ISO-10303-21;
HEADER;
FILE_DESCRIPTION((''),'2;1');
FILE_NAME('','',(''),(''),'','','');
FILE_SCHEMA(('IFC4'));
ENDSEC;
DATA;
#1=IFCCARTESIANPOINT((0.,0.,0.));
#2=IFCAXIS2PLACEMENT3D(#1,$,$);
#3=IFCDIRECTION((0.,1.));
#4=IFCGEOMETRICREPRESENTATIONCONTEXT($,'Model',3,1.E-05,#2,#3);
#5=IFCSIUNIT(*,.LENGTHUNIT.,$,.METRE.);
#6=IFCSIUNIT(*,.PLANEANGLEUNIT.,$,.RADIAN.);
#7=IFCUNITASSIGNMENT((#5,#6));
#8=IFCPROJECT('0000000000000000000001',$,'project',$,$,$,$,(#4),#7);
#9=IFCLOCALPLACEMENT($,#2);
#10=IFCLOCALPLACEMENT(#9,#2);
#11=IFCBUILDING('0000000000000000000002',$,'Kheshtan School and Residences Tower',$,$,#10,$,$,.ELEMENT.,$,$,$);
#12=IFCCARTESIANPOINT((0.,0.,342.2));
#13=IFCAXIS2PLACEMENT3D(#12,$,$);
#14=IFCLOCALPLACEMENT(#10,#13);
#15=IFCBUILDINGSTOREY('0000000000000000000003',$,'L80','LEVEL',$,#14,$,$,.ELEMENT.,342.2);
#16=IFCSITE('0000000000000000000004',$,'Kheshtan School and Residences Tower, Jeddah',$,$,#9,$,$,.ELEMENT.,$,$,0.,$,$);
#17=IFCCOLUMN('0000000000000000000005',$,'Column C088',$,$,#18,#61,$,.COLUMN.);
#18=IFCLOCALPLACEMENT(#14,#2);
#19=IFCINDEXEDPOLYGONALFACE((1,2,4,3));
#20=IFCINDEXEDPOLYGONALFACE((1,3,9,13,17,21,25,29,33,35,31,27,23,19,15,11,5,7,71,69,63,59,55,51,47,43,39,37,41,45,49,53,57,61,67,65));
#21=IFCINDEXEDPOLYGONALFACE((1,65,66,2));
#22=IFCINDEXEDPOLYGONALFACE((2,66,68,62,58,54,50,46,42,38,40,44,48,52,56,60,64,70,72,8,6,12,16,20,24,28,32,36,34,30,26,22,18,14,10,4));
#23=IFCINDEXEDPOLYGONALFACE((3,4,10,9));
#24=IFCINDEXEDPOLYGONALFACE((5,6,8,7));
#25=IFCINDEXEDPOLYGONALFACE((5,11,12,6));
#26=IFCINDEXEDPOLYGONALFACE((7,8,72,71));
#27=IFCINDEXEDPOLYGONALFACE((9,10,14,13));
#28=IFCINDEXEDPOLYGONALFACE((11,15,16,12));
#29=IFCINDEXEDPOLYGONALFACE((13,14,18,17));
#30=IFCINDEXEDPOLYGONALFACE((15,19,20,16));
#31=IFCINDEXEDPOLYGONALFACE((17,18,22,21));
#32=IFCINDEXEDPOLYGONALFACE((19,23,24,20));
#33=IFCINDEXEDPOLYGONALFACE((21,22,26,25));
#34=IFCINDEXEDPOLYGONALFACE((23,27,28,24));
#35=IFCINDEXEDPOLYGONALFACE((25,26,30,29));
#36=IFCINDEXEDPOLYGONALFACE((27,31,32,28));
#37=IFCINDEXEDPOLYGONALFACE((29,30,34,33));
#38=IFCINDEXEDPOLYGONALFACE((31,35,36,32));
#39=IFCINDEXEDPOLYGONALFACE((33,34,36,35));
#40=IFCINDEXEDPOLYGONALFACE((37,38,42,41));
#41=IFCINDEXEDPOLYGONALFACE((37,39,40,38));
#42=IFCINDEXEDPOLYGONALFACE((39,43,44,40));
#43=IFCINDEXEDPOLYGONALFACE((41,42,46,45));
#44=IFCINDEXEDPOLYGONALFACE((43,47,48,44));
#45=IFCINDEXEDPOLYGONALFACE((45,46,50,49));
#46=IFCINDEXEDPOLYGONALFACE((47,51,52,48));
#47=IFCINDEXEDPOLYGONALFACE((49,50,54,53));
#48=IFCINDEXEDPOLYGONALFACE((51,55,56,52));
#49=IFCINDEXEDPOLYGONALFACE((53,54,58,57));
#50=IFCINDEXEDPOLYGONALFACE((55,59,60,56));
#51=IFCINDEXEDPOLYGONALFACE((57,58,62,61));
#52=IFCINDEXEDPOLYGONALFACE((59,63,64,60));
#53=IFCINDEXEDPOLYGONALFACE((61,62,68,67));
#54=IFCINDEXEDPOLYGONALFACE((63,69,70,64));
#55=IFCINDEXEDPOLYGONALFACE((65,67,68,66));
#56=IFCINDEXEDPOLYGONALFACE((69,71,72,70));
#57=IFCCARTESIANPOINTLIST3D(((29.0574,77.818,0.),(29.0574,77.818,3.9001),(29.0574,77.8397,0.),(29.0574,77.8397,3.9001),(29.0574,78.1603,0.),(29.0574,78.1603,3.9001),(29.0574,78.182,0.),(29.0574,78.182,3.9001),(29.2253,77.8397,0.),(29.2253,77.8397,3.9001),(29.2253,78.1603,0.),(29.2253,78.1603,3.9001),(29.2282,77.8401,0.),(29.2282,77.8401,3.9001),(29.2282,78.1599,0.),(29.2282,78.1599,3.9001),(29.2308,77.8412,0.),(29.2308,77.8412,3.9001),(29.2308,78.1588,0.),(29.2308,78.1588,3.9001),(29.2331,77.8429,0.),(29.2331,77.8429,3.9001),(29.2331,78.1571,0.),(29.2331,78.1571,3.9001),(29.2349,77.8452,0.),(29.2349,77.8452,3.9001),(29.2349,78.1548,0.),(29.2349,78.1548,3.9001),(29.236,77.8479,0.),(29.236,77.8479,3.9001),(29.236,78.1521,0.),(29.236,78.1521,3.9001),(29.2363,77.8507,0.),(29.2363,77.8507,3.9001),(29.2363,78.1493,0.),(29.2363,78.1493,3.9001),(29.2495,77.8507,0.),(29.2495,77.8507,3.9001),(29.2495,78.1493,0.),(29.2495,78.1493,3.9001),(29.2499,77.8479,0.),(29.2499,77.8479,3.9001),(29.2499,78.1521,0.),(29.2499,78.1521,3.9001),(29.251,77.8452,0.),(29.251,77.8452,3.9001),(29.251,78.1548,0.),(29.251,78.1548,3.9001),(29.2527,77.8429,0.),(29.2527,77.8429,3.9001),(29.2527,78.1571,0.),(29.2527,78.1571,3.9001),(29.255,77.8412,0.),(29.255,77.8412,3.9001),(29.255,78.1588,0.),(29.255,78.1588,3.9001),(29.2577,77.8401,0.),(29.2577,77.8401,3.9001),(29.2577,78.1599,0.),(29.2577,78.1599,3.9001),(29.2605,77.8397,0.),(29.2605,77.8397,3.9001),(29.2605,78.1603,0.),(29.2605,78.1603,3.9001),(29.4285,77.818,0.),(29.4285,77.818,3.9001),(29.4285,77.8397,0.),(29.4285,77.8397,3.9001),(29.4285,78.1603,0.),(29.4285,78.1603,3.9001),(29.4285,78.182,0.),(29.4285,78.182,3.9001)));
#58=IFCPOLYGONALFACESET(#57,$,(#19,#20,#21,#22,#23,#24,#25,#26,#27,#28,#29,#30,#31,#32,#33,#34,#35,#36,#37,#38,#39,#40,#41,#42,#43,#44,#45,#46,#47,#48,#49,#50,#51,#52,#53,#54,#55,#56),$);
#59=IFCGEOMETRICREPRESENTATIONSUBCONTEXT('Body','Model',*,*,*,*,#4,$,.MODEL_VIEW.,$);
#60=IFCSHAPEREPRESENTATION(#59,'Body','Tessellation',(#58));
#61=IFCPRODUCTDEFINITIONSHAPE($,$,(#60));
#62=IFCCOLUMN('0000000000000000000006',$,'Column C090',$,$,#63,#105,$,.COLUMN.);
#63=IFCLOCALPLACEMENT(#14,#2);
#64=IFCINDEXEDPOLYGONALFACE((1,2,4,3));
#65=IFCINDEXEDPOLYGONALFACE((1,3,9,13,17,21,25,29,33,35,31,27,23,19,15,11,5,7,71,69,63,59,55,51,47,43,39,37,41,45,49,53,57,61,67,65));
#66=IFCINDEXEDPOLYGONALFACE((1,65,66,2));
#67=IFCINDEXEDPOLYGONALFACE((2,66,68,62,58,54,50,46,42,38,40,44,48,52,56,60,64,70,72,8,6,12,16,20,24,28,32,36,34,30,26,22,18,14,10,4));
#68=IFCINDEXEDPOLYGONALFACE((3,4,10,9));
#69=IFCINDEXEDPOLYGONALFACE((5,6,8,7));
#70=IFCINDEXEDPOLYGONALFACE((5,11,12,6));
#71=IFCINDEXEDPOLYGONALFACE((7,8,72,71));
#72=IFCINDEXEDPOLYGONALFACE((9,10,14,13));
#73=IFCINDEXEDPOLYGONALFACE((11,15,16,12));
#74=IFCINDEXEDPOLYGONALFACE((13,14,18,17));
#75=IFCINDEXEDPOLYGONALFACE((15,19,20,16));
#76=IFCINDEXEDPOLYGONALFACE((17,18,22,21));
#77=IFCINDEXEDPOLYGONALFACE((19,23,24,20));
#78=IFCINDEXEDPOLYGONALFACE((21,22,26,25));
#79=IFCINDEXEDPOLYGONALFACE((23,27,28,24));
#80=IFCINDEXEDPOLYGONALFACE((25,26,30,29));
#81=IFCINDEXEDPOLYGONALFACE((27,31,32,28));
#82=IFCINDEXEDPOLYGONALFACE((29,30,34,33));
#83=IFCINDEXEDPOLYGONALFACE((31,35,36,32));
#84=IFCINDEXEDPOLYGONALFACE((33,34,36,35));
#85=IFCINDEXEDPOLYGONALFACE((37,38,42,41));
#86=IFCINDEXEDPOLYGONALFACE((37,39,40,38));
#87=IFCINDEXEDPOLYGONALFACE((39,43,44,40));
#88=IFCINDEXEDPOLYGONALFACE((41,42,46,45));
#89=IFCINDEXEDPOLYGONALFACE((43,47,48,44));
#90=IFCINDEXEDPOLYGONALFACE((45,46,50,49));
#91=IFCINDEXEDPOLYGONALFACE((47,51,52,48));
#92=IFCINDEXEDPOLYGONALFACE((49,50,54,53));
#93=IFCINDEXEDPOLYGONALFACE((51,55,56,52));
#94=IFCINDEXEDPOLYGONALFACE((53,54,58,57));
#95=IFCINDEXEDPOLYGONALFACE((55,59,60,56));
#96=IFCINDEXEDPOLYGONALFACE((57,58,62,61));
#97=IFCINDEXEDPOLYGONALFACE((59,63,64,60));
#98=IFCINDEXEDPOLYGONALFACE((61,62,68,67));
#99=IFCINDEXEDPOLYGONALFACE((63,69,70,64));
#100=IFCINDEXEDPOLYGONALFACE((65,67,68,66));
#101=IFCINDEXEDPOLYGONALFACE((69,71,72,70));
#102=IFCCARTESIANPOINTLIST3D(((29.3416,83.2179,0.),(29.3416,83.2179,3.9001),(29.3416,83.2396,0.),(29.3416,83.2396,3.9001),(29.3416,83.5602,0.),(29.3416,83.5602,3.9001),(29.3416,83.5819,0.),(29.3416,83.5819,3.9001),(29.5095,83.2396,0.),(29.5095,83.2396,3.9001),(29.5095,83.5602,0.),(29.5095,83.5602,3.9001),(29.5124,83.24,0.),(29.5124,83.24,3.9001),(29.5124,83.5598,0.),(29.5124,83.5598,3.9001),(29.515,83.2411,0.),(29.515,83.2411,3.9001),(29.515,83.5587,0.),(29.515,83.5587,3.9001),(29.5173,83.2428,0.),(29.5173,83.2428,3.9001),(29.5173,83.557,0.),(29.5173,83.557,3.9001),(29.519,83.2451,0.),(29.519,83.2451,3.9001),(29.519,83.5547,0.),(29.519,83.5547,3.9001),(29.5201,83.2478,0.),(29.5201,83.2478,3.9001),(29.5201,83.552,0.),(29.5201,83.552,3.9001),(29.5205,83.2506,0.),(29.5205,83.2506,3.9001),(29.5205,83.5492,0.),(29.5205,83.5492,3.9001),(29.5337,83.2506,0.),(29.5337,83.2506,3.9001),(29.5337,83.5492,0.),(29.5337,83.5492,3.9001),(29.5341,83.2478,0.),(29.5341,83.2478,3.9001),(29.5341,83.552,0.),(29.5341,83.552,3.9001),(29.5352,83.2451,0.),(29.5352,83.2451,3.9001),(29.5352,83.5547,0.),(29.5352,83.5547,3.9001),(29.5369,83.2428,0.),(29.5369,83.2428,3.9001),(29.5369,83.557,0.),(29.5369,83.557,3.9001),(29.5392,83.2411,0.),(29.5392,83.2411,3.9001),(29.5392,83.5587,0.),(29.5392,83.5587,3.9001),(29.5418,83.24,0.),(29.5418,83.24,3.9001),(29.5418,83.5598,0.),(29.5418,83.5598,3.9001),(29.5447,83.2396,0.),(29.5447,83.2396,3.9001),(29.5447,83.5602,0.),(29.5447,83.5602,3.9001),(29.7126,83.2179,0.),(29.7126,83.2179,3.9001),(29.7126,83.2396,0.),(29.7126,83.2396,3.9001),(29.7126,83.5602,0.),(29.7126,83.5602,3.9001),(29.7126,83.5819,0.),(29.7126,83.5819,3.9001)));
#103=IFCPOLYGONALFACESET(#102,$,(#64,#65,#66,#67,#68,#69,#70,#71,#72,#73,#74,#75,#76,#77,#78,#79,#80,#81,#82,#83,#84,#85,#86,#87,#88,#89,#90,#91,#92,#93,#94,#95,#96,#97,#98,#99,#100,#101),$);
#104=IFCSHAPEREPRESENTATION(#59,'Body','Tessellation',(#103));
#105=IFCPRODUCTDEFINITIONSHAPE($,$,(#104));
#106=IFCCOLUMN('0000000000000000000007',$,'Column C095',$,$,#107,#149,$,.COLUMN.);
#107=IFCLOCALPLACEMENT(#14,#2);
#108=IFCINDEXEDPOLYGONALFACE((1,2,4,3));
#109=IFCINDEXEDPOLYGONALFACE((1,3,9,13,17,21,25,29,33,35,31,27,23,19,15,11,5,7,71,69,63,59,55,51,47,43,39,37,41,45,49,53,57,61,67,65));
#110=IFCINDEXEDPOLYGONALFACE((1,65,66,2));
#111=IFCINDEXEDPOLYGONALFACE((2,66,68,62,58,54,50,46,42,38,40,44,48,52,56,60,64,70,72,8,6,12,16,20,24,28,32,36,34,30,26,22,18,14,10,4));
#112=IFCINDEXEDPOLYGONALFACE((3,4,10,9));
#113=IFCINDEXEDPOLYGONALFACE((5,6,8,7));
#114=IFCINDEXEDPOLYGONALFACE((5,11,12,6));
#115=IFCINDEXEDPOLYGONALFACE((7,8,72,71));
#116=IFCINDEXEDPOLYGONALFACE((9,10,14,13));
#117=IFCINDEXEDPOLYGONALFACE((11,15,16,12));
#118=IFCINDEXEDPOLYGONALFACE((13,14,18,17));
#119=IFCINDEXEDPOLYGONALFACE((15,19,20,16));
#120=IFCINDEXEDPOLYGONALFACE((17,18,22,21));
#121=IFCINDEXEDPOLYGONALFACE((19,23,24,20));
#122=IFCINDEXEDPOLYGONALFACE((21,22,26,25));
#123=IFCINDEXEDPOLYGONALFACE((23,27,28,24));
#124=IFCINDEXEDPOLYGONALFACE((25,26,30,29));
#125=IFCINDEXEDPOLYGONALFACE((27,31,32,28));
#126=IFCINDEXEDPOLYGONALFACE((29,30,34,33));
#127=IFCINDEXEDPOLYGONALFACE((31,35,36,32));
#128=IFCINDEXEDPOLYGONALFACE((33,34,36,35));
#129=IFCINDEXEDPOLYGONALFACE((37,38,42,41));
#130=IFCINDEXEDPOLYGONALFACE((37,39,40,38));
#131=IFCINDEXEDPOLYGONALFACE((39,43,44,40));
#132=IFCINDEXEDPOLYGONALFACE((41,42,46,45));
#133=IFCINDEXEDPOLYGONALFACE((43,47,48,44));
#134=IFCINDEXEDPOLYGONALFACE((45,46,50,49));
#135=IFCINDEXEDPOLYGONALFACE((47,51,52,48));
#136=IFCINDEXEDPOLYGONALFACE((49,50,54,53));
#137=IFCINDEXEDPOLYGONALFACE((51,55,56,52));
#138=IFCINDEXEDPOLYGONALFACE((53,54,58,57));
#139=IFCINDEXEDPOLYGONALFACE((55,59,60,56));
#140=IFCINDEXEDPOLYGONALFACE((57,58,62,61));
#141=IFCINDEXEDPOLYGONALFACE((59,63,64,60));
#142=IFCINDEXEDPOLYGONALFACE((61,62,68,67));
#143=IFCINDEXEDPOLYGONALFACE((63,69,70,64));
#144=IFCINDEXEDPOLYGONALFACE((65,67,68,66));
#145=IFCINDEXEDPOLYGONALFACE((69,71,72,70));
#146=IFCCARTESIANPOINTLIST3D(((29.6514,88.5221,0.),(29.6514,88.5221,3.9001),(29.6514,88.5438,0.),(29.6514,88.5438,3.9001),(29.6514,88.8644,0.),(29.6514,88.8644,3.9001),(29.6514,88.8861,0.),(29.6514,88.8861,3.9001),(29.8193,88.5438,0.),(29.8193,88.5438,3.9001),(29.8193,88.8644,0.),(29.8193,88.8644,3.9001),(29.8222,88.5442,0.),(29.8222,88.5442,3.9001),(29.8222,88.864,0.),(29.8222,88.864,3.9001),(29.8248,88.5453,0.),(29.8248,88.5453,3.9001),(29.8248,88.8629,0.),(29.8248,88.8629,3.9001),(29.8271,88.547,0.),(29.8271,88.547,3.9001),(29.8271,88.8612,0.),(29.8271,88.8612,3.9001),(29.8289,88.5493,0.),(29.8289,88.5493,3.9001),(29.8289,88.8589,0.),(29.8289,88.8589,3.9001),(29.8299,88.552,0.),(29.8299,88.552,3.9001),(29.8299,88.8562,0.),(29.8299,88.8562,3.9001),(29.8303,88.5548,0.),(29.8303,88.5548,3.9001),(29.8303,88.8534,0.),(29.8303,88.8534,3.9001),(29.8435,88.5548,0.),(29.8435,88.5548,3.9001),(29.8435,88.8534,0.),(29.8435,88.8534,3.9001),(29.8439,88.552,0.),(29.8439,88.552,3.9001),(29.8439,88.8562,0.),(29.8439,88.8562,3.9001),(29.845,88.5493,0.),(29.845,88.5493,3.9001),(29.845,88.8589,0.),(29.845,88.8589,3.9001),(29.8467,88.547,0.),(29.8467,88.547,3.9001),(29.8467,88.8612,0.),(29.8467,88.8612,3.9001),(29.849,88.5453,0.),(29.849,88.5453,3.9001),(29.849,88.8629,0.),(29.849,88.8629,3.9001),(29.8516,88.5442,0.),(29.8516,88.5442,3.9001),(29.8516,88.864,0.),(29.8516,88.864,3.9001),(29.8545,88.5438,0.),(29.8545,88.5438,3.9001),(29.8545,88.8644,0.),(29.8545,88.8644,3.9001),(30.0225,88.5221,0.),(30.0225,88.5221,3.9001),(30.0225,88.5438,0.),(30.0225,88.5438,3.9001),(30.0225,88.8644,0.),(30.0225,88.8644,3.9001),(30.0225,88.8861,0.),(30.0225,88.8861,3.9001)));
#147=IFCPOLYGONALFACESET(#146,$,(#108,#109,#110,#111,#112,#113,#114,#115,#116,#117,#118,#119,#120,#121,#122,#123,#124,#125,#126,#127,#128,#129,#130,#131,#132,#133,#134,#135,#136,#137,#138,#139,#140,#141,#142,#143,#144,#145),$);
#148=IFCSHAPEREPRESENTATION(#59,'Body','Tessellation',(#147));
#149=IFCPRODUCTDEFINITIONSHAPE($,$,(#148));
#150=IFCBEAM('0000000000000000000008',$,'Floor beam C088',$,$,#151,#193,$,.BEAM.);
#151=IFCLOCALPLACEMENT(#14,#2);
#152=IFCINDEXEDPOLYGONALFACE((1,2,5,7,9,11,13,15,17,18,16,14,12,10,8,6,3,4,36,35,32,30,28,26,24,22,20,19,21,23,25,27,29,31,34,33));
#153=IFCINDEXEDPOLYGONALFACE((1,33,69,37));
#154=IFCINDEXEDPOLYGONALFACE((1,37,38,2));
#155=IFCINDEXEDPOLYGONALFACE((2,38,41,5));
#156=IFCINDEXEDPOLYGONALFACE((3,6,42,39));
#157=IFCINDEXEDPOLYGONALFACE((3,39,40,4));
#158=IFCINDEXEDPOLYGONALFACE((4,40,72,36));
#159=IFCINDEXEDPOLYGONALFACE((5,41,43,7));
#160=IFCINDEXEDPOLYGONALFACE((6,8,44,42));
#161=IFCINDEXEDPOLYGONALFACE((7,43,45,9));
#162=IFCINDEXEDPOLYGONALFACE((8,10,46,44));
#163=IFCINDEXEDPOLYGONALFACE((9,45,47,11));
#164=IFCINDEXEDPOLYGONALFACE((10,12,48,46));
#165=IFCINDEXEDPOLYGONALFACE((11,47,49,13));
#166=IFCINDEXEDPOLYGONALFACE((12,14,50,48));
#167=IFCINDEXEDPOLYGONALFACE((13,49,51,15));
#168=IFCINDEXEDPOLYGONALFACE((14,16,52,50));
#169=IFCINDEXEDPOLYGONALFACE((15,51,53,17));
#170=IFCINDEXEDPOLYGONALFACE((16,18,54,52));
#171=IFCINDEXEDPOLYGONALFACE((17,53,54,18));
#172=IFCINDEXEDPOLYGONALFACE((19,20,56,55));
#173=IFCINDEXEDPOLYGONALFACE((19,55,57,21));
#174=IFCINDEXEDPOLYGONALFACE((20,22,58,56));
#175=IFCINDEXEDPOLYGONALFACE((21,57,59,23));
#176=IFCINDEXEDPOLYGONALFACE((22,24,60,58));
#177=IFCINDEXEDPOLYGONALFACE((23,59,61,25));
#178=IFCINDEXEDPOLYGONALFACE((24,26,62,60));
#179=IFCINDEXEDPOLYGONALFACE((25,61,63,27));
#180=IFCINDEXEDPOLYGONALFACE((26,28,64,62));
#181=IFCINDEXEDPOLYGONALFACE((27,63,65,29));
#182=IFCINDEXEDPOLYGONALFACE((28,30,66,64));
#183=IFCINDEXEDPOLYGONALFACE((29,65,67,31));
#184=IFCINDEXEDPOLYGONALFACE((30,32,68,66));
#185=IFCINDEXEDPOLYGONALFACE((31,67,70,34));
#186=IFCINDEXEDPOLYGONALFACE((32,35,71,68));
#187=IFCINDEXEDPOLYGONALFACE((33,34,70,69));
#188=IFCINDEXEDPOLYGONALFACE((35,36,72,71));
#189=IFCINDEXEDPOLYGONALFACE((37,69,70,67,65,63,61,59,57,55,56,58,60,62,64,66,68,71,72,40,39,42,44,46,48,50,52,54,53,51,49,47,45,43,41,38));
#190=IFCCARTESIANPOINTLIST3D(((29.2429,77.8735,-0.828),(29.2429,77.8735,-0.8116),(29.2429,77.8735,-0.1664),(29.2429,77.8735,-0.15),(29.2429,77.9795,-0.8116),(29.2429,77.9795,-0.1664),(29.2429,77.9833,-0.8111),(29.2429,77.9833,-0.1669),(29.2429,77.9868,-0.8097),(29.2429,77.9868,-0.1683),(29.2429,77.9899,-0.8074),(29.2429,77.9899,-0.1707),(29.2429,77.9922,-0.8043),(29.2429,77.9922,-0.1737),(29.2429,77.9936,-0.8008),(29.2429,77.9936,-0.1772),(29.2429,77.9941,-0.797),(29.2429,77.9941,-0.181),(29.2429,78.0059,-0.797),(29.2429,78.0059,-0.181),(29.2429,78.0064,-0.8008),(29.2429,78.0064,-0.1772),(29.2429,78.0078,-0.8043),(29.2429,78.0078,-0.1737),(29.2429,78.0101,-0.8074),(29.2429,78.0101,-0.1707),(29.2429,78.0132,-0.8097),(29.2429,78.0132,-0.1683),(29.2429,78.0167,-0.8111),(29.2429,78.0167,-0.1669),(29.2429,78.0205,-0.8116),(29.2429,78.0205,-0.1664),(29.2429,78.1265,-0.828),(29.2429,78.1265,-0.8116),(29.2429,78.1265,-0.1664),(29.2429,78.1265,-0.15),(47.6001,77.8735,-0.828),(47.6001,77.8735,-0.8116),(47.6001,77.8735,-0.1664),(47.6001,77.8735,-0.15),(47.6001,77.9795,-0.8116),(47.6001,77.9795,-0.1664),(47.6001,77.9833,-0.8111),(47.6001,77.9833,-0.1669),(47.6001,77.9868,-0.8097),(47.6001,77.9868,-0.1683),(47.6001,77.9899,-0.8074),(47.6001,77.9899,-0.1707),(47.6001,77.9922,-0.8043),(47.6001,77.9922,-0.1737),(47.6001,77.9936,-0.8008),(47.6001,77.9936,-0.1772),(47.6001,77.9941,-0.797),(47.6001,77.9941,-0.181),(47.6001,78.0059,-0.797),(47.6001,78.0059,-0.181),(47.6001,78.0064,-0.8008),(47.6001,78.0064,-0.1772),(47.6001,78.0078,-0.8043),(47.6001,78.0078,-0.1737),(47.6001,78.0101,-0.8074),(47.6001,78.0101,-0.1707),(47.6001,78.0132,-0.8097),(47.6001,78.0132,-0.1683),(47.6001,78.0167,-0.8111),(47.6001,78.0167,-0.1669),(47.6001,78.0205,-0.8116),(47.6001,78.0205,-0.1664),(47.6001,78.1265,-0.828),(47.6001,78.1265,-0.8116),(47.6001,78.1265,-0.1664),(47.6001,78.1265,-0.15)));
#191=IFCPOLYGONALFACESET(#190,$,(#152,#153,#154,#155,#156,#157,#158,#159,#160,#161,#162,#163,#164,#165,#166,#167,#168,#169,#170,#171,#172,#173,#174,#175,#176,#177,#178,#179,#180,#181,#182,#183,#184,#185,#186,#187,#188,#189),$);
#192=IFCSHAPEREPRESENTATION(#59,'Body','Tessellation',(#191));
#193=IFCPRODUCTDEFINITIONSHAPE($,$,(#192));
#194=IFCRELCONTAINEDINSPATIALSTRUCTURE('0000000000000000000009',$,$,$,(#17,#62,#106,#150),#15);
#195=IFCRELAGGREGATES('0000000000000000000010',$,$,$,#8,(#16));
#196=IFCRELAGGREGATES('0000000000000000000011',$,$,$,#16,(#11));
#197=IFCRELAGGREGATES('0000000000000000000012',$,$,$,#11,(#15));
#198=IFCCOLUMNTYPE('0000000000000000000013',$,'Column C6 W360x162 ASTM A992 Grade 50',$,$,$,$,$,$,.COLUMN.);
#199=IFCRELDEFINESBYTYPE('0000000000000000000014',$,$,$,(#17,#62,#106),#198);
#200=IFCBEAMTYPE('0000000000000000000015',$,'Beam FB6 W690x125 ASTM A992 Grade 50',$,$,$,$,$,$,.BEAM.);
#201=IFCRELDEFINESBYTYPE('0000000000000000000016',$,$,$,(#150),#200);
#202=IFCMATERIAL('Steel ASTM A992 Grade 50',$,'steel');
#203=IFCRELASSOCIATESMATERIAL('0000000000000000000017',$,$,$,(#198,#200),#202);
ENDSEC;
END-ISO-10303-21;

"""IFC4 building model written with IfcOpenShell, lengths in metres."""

from ifc_helpers import new_model, si_unit, direction, frame, origin, origin_2d, place, context, subcontext, project, spatial, i_section, extrude, material, material_profile, profile_set, type_object, element, save


model = new_model("IFC4")

# Units and contexts
model_context = context("Model", 3, precision=1e-05, world=origin(), true_north=direction((0.0, 1.0)))
body_context = subcontext(model_context, "Body", "Model", "MODEL_VIEW")
ifc_project = project(units=[si_unit("LENGTHUNIT", "METRE"), si_unit("PLANEANGLEUNIT", "RADIAN")], contexts=[model_context])

# Site, building, storey
site_placement = place(None, origin())
site = spatial("IfcSite", under=ifc_project, at=site_placement, Name="Kheshtan School and Residences Tower, Jeddah", CompositionType="ELEMENT", RefElevation=0.0)
building_placement = place(site_placement, origin())
building = spatial("IfcBuilding", under=site, at=building_placement, Name="Kheshtan School and Residences Tower", CompositionType="ELEMENT")
storey_placement = place(building_placement, frame((0.0, 0.0, 342.2)))
storey = spatial("IfcBuildingStorey", under=building, at=storey_placement, Name="L80", Description="LEVEL", CompositionType="ELEMENT", Elevation=342.2)

# Columns
ifc_material_1 = material(Name="Steel ASTM A992 Grade 50", Category="steel")
ifc_material_profile_1 = material_profile(ifc_material_1, i_section(OverallWidth=0.3711, OverallDepth=0.364, WebThickness=0.0132, FlangeThickness=0.0217, FilletRadius=0.011, at=origin_2d()), Name="W360x162")
ifc_profile_set_1 = profile_set([ifc_material_profile_1], Name="Steel ASTM A992 Grade 50")
column_type = type_object("IfcColumnType", Name="Column C6 W360x162 ASTM A992 Grade 50", PredefinedType="COLUMN", material=ifc_profile_set_1)
for number, where, z_axis, x_axis, name in (
    (1, (29.2429, 78.0, 0.0), (0.0, 0.0, 1.0), (1.0, 0.0, 0.0), "Column C088"),
    (2, (29.5271, 83.3999, 0.0), (0.0, 0.0, 1.0), (1.0, 0.0, 0.0), "Column C090"),
    (3, (29.8369, 88.7041, 0.0), (0.0, 0.0, 1.0), (1.0, 0.0, 0.0), "Column C095"),
):
    element("IfcColumn", number, at=place(storey_placement, frame(where, z_axis=z_axis, x_axis=x_axis)), inside=storey, type_object=column_type, Name=name, PredefinedType="COLUMN", context=body_context, shape_type="SweptSolid", body=[
        extrude(i_section(OverallWidth=0.3711, OverallDepth=0.364, WebThickness=0.0132, FlangeThickness=0.0217, FilletRadius=0.011, at=origin_2d()), origin(), (0.0, 0.0, 1.0), 3.9001),
    ])

# Beam
ifc_material_profile_2 = material_profile(ifc_material_1, i_section(OverallWidth=0.2529, OverallDepth=0.678, WebThickness=0.0117, FlangeThickness=0.0164, FilletRadius=0.0146, at=origin_2d()), Name="W690x125")
ifc_profile_set_2 = profile_set([ifc_material_profile_2], Name="Steel ASTM A992 Grade 50")
beam_type_1 = type_object("IfcBeamType", Name="Beam FB6 W690x125 ASTM A992 Grade 50", PredefinedType="BEAM", material=ifc_profile_set_2)
beam_1_placement = place(storey_placement, frame((29.2429, 78.0, -0.489), z_axis=(1.0, 0.0, 0.0), x_axis=(0.0, 1.0, 0.0)))
element("IfcBeam", 4, at=beam_1_placement, inside=storey, type_object=beam_type_1, Name="Floor beam C088", PredefinedType="BEAM", context=body_context, shape_type="SweptSolid", body=[
    extrude(i_section(OverallWidth=0.2529, OverallDepth=0.678, WebThickness=0.0117, FlangeThickness=0.0164, FilletRadius=0.0146, at=origin_2d()), origin(), (0.0, 0.0, 1.0), 18.3572),
])

save(model, "model.ifc")
